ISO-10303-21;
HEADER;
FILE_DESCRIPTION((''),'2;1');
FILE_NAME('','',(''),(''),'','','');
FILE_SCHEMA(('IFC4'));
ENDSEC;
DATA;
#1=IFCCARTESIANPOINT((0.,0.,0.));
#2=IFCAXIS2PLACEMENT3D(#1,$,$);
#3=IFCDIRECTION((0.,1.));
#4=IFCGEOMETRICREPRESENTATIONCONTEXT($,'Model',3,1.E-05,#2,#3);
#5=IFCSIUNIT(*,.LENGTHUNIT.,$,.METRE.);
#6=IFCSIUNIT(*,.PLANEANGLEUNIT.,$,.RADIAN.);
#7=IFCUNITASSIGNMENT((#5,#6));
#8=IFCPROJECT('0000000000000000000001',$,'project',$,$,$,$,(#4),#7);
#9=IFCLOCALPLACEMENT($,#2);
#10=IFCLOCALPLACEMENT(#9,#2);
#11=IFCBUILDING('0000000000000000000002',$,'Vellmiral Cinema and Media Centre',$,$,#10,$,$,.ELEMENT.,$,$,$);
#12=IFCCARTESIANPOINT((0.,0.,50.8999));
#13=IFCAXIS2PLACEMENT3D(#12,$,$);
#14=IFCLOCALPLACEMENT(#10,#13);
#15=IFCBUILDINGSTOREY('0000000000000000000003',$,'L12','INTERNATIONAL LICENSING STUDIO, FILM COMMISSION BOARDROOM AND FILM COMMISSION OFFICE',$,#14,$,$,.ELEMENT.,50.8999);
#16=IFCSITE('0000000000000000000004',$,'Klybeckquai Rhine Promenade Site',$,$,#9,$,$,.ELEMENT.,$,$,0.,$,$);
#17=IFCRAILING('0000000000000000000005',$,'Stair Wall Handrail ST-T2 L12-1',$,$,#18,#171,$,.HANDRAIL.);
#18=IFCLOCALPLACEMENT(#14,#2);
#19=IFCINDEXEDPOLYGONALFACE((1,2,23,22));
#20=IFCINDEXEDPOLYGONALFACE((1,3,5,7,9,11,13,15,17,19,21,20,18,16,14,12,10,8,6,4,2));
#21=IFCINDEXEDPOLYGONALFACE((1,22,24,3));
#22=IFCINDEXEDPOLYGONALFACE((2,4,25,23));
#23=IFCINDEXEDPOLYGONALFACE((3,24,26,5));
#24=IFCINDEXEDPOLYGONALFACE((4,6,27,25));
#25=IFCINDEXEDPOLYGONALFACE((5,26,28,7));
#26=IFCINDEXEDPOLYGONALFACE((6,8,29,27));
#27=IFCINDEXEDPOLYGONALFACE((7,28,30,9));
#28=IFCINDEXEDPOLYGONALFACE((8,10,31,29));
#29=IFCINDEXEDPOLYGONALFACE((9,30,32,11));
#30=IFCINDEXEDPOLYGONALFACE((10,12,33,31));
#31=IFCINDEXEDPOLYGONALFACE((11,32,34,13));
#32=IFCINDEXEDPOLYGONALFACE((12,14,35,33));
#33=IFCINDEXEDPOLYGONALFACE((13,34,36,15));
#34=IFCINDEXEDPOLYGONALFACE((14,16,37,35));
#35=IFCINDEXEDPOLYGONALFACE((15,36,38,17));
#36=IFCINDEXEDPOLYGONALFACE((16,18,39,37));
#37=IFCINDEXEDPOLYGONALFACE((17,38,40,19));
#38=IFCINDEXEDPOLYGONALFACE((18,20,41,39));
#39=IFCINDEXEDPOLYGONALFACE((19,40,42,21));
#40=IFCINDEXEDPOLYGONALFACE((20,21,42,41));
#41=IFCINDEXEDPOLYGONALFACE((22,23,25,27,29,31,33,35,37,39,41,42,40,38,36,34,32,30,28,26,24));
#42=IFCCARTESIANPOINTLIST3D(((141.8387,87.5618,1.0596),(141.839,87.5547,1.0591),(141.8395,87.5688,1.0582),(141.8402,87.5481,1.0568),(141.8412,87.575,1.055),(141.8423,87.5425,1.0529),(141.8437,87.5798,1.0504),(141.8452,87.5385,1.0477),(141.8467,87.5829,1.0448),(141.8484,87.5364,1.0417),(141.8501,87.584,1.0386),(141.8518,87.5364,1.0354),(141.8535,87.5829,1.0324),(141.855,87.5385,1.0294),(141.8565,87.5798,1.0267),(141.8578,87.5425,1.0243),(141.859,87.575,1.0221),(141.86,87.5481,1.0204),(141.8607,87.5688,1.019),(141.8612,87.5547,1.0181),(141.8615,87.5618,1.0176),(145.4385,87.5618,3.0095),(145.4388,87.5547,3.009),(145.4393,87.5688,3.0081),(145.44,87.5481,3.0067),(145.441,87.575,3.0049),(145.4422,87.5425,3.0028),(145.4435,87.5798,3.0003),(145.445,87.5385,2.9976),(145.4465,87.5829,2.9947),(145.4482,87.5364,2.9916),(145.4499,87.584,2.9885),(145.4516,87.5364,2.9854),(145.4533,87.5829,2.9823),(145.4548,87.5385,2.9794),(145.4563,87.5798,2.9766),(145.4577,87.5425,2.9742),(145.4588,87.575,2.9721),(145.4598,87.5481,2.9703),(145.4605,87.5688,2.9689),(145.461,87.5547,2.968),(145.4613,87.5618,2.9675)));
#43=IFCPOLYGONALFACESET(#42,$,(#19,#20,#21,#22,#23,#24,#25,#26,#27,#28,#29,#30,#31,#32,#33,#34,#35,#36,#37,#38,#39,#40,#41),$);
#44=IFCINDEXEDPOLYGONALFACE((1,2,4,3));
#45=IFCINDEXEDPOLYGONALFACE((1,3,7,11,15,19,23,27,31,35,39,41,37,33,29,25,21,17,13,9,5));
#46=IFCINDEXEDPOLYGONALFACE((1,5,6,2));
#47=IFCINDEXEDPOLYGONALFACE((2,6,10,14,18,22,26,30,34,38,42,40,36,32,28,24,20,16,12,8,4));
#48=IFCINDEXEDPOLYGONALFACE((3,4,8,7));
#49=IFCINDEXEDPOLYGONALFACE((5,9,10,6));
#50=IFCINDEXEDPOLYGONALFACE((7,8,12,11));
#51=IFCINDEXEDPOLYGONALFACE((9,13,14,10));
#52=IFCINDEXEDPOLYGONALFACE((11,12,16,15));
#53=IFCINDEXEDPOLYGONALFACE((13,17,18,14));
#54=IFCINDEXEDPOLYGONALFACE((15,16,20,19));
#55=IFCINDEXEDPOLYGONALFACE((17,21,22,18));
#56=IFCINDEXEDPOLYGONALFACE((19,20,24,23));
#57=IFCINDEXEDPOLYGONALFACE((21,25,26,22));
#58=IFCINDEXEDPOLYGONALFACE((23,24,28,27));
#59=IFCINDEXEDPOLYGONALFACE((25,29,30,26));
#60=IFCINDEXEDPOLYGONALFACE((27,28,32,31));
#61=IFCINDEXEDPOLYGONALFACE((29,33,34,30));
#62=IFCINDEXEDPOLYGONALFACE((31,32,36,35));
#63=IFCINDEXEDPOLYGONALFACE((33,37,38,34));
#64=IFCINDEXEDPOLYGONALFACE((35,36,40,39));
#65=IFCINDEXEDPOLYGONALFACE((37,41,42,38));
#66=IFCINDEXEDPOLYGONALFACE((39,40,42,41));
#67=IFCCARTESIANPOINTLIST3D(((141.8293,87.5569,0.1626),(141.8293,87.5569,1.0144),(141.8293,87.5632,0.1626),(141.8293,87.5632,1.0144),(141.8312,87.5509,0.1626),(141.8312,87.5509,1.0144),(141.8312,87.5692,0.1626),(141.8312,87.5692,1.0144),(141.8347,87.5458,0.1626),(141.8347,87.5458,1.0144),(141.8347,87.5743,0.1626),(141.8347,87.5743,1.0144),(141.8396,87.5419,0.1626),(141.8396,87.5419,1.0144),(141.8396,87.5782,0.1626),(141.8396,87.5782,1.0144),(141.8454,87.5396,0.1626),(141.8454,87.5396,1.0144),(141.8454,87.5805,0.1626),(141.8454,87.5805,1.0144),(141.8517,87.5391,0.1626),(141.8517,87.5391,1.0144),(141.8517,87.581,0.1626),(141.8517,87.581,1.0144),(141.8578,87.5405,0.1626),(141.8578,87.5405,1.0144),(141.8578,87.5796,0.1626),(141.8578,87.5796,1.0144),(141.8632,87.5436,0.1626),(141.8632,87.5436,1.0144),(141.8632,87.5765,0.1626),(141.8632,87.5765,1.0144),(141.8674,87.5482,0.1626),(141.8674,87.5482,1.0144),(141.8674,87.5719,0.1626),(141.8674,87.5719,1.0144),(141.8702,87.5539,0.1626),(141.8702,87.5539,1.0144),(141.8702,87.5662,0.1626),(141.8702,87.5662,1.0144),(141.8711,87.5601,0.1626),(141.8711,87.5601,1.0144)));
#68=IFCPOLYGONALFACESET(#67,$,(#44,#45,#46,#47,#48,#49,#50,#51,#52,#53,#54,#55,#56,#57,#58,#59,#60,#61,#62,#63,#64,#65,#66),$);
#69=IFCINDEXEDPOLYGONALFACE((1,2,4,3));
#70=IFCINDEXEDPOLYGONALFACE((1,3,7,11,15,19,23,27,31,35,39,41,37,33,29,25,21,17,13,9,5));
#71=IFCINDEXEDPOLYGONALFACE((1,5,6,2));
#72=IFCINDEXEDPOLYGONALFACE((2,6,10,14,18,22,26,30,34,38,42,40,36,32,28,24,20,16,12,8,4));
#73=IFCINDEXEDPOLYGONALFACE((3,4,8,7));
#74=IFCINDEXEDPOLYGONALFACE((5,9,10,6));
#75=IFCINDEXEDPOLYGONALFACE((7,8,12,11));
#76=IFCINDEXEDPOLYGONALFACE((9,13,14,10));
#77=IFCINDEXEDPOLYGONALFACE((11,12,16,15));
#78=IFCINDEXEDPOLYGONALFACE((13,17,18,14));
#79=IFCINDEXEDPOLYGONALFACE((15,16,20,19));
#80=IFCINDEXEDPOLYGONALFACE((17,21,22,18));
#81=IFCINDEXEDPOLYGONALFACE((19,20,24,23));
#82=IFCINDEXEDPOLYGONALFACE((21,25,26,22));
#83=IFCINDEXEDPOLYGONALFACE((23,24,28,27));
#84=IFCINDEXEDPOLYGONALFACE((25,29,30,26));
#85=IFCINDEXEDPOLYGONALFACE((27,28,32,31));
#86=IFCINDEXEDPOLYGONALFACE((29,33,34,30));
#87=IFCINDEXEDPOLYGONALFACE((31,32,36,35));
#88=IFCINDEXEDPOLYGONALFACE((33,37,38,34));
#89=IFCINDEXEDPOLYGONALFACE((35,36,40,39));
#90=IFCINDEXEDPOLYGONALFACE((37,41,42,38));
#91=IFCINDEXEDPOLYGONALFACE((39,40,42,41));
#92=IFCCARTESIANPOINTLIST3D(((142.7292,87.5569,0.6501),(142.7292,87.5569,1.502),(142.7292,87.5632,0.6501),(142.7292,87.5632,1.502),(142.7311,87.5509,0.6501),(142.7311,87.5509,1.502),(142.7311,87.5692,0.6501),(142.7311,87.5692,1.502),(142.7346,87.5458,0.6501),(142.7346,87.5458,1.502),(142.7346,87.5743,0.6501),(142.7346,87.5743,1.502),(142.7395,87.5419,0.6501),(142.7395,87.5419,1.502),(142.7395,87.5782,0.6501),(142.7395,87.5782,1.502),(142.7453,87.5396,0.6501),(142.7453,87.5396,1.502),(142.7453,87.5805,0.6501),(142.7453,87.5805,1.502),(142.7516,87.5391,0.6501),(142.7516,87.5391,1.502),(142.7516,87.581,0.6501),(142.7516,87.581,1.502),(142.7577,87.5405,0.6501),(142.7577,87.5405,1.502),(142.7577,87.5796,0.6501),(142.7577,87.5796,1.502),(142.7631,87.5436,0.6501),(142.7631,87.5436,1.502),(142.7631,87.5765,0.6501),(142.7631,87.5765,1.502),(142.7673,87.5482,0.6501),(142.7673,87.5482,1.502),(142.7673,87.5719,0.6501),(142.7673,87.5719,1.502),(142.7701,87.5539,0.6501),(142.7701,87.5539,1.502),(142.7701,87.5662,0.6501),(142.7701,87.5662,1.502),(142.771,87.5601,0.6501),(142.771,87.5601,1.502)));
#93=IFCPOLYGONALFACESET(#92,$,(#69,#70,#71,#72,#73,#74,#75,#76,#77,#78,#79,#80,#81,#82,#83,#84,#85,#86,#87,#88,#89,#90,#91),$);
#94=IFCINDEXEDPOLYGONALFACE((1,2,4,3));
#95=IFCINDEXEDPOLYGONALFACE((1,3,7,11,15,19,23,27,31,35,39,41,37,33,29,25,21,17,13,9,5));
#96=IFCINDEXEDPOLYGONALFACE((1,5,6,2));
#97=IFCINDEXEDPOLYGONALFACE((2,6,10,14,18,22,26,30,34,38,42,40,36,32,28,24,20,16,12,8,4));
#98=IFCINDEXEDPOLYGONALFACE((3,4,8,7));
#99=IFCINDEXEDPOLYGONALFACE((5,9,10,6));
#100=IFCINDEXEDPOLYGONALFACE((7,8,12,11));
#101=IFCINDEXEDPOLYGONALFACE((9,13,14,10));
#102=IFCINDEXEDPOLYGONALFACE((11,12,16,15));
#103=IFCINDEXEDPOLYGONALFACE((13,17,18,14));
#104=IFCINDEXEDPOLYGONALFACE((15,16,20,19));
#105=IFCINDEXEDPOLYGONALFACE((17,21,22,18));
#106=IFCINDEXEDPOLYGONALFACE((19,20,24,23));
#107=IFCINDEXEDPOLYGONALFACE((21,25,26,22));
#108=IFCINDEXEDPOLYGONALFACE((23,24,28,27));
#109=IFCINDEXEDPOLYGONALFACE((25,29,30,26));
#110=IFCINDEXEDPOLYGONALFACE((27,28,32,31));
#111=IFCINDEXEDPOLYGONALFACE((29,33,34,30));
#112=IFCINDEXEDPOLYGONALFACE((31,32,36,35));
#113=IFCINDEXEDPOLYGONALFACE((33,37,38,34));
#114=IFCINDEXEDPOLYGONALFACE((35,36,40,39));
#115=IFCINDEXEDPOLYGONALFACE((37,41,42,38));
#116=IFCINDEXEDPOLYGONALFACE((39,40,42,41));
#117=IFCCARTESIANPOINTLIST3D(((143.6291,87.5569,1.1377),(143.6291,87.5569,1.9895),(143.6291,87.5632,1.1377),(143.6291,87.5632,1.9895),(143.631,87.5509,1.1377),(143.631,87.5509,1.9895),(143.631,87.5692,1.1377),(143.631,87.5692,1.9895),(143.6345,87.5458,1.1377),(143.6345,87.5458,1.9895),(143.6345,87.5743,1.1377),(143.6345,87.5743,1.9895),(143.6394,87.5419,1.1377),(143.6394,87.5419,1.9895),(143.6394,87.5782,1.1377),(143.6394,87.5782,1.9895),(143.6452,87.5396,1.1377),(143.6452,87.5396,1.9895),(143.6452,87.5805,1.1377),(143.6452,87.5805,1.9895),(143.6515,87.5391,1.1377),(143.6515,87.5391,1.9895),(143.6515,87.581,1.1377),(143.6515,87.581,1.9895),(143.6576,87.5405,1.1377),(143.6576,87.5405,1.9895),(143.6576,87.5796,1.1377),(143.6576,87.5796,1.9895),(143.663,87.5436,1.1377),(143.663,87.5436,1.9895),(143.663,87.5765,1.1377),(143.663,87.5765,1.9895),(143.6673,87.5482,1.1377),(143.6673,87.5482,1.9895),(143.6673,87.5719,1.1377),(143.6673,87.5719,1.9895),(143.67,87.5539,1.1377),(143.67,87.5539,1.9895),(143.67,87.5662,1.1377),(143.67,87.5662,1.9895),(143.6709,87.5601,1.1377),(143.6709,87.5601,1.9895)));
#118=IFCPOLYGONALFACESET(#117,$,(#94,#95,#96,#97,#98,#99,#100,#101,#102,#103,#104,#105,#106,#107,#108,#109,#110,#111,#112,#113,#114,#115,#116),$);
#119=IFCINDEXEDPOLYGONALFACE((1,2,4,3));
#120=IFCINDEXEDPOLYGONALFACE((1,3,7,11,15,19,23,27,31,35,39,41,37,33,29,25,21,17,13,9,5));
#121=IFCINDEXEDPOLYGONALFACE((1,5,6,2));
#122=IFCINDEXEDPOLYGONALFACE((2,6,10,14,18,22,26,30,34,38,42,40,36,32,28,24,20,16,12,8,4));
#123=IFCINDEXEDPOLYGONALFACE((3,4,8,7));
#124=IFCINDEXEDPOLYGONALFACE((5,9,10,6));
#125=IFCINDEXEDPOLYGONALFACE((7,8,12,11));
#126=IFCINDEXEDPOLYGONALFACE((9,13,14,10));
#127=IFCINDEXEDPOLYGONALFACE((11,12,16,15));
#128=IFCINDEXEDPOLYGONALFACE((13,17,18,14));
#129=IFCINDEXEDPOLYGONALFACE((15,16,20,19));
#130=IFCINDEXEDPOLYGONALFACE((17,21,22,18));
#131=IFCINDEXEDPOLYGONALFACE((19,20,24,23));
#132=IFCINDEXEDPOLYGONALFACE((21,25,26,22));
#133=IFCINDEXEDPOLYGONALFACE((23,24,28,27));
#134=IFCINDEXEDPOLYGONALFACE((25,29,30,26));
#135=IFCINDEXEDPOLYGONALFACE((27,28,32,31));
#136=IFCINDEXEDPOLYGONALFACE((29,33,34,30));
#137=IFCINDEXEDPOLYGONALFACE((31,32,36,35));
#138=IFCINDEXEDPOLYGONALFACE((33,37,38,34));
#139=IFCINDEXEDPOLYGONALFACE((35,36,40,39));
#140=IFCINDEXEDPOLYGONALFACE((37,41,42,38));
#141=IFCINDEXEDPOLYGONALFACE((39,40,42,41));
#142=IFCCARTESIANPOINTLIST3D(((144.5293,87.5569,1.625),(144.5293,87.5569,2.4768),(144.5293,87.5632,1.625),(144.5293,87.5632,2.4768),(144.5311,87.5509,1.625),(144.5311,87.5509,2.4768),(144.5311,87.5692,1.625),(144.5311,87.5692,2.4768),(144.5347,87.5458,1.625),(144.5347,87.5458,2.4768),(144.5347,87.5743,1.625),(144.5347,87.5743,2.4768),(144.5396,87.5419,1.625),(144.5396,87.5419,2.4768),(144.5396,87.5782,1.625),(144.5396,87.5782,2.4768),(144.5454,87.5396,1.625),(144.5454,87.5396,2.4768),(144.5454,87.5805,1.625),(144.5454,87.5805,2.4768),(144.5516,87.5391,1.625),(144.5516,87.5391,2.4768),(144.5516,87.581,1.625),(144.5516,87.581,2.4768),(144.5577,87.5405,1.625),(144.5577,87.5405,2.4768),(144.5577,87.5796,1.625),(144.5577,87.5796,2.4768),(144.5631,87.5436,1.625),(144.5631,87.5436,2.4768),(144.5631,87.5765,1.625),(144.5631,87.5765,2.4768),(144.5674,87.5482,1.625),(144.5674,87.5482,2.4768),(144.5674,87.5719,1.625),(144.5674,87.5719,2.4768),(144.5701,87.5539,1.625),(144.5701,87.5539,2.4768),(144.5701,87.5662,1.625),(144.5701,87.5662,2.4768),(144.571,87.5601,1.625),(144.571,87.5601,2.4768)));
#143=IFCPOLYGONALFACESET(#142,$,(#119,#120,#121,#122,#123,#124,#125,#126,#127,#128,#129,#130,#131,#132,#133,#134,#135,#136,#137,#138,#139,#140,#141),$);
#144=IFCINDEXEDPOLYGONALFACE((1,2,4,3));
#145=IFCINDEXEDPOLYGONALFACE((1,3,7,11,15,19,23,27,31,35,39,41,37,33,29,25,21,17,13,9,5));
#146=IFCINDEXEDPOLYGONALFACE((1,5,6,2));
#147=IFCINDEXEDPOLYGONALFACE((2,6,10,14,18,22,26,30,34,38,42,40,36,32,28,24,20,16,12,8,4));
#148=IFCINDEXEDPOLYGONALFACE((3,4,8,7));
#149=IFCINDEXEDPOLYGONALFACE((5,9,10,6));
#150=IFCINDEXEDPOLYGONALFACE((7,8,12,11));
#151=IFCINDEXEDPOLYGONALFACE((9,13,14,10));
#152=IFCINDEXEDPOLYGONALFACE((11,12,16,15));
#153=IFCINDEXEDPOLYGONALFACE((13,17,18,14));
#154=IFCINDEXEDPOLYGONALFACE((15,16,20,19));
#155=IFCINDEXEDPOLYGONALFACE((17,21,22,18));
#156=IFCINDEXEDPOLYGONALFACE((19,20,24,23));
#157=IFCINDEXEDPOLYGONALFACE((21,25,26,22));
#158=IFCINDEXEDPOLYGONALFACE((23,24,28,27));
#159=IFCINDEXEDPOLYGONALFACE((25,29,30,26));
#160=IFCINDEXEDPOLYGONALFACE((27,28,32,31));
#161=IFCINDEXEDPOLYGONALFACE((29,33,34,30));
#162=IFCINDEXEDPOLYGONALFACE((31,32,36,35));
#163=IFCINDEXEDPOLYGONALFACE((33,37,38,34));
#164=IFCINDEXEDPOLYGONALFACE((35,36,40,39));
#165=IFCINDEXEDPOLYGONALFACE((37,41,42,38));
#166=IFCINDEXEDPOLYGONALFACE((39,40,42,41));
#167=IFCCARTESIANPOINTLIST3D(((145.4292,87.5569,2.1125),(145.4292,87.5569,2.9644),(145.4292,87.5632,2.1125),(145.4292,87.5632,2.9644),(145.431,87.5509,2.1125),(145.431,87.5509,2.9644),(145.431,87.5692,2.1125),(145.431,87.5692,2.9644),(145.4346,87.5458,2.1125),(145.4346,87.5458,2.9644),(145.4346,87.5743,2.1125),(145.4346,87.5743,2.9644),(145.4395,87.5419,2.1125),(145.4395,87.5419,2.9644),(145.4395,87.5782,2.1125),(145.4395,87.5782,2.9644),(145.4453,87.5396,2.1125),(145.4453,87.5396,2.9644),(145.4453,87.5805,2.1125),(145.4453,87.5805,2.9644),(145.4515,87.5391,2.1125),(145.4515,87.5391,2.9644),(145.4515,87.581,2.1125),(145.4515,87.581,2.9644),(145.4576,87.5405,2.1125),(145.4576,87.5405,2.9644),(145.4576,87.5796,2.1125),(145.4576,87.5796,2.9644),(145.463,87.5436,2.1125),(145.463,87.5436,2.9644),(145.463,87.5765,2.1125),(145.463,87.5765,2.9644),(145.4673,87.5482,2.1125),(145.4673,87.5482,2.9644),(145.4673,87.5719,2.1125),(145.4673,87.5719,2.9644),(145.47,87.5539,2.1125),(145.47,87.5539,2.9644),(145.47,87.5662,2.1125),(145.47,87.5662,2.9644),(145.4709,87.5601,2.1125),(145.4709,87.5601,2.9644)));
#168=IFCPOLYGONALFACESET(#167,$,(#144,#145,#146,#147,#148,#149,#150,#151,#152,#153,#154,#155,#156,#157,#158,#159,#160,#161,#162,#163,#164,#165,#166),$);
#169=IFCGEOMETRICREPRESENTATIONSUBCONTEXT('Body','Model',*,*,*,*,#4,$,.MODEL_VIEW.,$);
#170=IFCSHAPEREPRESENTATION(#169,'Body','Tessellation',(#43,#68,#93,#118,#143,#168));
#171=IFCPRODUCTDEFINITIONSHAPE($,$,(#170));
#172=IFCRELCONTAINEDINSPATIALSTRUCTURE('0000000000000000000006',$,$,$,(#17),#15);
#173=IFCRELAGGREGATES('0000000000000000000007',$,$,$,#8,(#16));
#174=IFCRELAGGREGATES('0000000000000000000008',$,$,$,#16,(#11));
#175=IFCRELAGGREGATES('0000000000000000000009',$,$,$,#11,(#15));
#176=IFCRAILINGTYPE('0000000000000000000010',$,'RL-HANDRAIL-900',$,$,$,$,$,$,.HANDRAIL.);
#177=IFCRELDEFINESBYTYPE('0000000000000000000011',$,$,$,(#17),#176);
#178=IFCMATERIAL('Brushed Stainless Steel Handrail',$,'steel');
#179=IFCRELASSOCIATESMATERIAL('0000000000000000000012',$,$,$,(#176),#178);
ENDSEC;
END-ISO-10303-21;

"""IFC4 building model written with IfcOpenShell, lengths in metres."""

from ifc_helpers import new_model, si_unit, direction, frame, origin, origin_2d, place, context, subcontext, project, spatial, circle, extrude, material, type_object, element, save


model = new_model("IFC4")

# Units and contexts
model_context = context("Model", 3, precision=1e-05, world=origin(), true_north=direction((0.0, 1.0)))
body_context = subcontext(model_context, "Body", "Model", "MODEL_VIEW")
ifc_project = project(units=[si_unit("LENGTHUNIT", "METRE"), si_unit("PLANEANGLEUNIT", "RADIAN")], contexts=[model_context])

# Site, building, storey
site_placement = place(None, origin())
site = spatial("IfcSite", under=ifc_project, at=site_placement, Name="Klybeckquai Rhine Promenade Site", CompositionType="ELEMENT", RefElevation=0.0)
building_placement = place(site_placement, origin())
building = spatial("IfcBuilding", under=site, at=building_placement, Name="Vellmiral Cinema and Media Centre", CompositionType="ELEMENT")
storey_placement = place(building_placement, frame((0.0, 0.0, 50.8999)))
storey = spatial("IfcBuildingStorey", under=building, at=storey_placement, Name="L12", Description="INTERNATIONAL LICENSING STUDIO, FILM COMMISSION BOARDROOM AND FILM COMMISSION OFFICE", CompositionType="ELEMENT", Elevation=50.8999)

# Railing
ifc_material_1 = material(Name="Brushed Stainless Steel Handrail", Category="steel")
railing_type = type_object("IfcRailingType", Name="RL-HANDRAIL-900", PredefinedType="HANDRAIL", material=ifc_material_1)
railing_placement = place(storey_placement, frame((141.8501, 87.5601, 0.1626)))
element("IfcRailing", 1, at=railing_placement, inside=storey, type_object=railing_type, Name="Stair Wall Handrail ST-T2 L12-1", PredefinedType="HANDRAIL", context=body_context, shape_type="SweptSolid", body=[
    extrude(circle(Radius=0.0239, at=origin_2d()), frame((0.0, 0.0, 0.876), z_axis=(0.879289, 0.0, 0.476289), x_axis=(0.0, 1.0, 0.0)), (0.0, 0.0, 1.0), 4.094),
    extrude(circle(Radius=0.021, at=origin_2d()), origin(), (0.0, 0.0, 1.0), 0.8518),
    extrude(circle(Radius=0.021, at=origin_2d()), frame((0.8999, 0.0, 0.4875)), (0.0, 0.0, 1.0), 0.8518),
    extrude(circle(Radius=0.021, at=origin_2d()), frame((1.7998, 0.0, 0.9751)), (0.0, 0.0, 1.0), 0.8518),
    extrude(circle(Radius=0.021, at=origin_2d()), frame((2.7, 0.0, 1.4624)), (0.0, 0.0, 1.0), 0.8518),
    extrude(circle(Radius=0.021, at=origin_2d()), frame((3.5999, 0.0, 1.95)), (0.0, 0.0, 1.0), 0.8518),
])

save(model, "model.ifc")
